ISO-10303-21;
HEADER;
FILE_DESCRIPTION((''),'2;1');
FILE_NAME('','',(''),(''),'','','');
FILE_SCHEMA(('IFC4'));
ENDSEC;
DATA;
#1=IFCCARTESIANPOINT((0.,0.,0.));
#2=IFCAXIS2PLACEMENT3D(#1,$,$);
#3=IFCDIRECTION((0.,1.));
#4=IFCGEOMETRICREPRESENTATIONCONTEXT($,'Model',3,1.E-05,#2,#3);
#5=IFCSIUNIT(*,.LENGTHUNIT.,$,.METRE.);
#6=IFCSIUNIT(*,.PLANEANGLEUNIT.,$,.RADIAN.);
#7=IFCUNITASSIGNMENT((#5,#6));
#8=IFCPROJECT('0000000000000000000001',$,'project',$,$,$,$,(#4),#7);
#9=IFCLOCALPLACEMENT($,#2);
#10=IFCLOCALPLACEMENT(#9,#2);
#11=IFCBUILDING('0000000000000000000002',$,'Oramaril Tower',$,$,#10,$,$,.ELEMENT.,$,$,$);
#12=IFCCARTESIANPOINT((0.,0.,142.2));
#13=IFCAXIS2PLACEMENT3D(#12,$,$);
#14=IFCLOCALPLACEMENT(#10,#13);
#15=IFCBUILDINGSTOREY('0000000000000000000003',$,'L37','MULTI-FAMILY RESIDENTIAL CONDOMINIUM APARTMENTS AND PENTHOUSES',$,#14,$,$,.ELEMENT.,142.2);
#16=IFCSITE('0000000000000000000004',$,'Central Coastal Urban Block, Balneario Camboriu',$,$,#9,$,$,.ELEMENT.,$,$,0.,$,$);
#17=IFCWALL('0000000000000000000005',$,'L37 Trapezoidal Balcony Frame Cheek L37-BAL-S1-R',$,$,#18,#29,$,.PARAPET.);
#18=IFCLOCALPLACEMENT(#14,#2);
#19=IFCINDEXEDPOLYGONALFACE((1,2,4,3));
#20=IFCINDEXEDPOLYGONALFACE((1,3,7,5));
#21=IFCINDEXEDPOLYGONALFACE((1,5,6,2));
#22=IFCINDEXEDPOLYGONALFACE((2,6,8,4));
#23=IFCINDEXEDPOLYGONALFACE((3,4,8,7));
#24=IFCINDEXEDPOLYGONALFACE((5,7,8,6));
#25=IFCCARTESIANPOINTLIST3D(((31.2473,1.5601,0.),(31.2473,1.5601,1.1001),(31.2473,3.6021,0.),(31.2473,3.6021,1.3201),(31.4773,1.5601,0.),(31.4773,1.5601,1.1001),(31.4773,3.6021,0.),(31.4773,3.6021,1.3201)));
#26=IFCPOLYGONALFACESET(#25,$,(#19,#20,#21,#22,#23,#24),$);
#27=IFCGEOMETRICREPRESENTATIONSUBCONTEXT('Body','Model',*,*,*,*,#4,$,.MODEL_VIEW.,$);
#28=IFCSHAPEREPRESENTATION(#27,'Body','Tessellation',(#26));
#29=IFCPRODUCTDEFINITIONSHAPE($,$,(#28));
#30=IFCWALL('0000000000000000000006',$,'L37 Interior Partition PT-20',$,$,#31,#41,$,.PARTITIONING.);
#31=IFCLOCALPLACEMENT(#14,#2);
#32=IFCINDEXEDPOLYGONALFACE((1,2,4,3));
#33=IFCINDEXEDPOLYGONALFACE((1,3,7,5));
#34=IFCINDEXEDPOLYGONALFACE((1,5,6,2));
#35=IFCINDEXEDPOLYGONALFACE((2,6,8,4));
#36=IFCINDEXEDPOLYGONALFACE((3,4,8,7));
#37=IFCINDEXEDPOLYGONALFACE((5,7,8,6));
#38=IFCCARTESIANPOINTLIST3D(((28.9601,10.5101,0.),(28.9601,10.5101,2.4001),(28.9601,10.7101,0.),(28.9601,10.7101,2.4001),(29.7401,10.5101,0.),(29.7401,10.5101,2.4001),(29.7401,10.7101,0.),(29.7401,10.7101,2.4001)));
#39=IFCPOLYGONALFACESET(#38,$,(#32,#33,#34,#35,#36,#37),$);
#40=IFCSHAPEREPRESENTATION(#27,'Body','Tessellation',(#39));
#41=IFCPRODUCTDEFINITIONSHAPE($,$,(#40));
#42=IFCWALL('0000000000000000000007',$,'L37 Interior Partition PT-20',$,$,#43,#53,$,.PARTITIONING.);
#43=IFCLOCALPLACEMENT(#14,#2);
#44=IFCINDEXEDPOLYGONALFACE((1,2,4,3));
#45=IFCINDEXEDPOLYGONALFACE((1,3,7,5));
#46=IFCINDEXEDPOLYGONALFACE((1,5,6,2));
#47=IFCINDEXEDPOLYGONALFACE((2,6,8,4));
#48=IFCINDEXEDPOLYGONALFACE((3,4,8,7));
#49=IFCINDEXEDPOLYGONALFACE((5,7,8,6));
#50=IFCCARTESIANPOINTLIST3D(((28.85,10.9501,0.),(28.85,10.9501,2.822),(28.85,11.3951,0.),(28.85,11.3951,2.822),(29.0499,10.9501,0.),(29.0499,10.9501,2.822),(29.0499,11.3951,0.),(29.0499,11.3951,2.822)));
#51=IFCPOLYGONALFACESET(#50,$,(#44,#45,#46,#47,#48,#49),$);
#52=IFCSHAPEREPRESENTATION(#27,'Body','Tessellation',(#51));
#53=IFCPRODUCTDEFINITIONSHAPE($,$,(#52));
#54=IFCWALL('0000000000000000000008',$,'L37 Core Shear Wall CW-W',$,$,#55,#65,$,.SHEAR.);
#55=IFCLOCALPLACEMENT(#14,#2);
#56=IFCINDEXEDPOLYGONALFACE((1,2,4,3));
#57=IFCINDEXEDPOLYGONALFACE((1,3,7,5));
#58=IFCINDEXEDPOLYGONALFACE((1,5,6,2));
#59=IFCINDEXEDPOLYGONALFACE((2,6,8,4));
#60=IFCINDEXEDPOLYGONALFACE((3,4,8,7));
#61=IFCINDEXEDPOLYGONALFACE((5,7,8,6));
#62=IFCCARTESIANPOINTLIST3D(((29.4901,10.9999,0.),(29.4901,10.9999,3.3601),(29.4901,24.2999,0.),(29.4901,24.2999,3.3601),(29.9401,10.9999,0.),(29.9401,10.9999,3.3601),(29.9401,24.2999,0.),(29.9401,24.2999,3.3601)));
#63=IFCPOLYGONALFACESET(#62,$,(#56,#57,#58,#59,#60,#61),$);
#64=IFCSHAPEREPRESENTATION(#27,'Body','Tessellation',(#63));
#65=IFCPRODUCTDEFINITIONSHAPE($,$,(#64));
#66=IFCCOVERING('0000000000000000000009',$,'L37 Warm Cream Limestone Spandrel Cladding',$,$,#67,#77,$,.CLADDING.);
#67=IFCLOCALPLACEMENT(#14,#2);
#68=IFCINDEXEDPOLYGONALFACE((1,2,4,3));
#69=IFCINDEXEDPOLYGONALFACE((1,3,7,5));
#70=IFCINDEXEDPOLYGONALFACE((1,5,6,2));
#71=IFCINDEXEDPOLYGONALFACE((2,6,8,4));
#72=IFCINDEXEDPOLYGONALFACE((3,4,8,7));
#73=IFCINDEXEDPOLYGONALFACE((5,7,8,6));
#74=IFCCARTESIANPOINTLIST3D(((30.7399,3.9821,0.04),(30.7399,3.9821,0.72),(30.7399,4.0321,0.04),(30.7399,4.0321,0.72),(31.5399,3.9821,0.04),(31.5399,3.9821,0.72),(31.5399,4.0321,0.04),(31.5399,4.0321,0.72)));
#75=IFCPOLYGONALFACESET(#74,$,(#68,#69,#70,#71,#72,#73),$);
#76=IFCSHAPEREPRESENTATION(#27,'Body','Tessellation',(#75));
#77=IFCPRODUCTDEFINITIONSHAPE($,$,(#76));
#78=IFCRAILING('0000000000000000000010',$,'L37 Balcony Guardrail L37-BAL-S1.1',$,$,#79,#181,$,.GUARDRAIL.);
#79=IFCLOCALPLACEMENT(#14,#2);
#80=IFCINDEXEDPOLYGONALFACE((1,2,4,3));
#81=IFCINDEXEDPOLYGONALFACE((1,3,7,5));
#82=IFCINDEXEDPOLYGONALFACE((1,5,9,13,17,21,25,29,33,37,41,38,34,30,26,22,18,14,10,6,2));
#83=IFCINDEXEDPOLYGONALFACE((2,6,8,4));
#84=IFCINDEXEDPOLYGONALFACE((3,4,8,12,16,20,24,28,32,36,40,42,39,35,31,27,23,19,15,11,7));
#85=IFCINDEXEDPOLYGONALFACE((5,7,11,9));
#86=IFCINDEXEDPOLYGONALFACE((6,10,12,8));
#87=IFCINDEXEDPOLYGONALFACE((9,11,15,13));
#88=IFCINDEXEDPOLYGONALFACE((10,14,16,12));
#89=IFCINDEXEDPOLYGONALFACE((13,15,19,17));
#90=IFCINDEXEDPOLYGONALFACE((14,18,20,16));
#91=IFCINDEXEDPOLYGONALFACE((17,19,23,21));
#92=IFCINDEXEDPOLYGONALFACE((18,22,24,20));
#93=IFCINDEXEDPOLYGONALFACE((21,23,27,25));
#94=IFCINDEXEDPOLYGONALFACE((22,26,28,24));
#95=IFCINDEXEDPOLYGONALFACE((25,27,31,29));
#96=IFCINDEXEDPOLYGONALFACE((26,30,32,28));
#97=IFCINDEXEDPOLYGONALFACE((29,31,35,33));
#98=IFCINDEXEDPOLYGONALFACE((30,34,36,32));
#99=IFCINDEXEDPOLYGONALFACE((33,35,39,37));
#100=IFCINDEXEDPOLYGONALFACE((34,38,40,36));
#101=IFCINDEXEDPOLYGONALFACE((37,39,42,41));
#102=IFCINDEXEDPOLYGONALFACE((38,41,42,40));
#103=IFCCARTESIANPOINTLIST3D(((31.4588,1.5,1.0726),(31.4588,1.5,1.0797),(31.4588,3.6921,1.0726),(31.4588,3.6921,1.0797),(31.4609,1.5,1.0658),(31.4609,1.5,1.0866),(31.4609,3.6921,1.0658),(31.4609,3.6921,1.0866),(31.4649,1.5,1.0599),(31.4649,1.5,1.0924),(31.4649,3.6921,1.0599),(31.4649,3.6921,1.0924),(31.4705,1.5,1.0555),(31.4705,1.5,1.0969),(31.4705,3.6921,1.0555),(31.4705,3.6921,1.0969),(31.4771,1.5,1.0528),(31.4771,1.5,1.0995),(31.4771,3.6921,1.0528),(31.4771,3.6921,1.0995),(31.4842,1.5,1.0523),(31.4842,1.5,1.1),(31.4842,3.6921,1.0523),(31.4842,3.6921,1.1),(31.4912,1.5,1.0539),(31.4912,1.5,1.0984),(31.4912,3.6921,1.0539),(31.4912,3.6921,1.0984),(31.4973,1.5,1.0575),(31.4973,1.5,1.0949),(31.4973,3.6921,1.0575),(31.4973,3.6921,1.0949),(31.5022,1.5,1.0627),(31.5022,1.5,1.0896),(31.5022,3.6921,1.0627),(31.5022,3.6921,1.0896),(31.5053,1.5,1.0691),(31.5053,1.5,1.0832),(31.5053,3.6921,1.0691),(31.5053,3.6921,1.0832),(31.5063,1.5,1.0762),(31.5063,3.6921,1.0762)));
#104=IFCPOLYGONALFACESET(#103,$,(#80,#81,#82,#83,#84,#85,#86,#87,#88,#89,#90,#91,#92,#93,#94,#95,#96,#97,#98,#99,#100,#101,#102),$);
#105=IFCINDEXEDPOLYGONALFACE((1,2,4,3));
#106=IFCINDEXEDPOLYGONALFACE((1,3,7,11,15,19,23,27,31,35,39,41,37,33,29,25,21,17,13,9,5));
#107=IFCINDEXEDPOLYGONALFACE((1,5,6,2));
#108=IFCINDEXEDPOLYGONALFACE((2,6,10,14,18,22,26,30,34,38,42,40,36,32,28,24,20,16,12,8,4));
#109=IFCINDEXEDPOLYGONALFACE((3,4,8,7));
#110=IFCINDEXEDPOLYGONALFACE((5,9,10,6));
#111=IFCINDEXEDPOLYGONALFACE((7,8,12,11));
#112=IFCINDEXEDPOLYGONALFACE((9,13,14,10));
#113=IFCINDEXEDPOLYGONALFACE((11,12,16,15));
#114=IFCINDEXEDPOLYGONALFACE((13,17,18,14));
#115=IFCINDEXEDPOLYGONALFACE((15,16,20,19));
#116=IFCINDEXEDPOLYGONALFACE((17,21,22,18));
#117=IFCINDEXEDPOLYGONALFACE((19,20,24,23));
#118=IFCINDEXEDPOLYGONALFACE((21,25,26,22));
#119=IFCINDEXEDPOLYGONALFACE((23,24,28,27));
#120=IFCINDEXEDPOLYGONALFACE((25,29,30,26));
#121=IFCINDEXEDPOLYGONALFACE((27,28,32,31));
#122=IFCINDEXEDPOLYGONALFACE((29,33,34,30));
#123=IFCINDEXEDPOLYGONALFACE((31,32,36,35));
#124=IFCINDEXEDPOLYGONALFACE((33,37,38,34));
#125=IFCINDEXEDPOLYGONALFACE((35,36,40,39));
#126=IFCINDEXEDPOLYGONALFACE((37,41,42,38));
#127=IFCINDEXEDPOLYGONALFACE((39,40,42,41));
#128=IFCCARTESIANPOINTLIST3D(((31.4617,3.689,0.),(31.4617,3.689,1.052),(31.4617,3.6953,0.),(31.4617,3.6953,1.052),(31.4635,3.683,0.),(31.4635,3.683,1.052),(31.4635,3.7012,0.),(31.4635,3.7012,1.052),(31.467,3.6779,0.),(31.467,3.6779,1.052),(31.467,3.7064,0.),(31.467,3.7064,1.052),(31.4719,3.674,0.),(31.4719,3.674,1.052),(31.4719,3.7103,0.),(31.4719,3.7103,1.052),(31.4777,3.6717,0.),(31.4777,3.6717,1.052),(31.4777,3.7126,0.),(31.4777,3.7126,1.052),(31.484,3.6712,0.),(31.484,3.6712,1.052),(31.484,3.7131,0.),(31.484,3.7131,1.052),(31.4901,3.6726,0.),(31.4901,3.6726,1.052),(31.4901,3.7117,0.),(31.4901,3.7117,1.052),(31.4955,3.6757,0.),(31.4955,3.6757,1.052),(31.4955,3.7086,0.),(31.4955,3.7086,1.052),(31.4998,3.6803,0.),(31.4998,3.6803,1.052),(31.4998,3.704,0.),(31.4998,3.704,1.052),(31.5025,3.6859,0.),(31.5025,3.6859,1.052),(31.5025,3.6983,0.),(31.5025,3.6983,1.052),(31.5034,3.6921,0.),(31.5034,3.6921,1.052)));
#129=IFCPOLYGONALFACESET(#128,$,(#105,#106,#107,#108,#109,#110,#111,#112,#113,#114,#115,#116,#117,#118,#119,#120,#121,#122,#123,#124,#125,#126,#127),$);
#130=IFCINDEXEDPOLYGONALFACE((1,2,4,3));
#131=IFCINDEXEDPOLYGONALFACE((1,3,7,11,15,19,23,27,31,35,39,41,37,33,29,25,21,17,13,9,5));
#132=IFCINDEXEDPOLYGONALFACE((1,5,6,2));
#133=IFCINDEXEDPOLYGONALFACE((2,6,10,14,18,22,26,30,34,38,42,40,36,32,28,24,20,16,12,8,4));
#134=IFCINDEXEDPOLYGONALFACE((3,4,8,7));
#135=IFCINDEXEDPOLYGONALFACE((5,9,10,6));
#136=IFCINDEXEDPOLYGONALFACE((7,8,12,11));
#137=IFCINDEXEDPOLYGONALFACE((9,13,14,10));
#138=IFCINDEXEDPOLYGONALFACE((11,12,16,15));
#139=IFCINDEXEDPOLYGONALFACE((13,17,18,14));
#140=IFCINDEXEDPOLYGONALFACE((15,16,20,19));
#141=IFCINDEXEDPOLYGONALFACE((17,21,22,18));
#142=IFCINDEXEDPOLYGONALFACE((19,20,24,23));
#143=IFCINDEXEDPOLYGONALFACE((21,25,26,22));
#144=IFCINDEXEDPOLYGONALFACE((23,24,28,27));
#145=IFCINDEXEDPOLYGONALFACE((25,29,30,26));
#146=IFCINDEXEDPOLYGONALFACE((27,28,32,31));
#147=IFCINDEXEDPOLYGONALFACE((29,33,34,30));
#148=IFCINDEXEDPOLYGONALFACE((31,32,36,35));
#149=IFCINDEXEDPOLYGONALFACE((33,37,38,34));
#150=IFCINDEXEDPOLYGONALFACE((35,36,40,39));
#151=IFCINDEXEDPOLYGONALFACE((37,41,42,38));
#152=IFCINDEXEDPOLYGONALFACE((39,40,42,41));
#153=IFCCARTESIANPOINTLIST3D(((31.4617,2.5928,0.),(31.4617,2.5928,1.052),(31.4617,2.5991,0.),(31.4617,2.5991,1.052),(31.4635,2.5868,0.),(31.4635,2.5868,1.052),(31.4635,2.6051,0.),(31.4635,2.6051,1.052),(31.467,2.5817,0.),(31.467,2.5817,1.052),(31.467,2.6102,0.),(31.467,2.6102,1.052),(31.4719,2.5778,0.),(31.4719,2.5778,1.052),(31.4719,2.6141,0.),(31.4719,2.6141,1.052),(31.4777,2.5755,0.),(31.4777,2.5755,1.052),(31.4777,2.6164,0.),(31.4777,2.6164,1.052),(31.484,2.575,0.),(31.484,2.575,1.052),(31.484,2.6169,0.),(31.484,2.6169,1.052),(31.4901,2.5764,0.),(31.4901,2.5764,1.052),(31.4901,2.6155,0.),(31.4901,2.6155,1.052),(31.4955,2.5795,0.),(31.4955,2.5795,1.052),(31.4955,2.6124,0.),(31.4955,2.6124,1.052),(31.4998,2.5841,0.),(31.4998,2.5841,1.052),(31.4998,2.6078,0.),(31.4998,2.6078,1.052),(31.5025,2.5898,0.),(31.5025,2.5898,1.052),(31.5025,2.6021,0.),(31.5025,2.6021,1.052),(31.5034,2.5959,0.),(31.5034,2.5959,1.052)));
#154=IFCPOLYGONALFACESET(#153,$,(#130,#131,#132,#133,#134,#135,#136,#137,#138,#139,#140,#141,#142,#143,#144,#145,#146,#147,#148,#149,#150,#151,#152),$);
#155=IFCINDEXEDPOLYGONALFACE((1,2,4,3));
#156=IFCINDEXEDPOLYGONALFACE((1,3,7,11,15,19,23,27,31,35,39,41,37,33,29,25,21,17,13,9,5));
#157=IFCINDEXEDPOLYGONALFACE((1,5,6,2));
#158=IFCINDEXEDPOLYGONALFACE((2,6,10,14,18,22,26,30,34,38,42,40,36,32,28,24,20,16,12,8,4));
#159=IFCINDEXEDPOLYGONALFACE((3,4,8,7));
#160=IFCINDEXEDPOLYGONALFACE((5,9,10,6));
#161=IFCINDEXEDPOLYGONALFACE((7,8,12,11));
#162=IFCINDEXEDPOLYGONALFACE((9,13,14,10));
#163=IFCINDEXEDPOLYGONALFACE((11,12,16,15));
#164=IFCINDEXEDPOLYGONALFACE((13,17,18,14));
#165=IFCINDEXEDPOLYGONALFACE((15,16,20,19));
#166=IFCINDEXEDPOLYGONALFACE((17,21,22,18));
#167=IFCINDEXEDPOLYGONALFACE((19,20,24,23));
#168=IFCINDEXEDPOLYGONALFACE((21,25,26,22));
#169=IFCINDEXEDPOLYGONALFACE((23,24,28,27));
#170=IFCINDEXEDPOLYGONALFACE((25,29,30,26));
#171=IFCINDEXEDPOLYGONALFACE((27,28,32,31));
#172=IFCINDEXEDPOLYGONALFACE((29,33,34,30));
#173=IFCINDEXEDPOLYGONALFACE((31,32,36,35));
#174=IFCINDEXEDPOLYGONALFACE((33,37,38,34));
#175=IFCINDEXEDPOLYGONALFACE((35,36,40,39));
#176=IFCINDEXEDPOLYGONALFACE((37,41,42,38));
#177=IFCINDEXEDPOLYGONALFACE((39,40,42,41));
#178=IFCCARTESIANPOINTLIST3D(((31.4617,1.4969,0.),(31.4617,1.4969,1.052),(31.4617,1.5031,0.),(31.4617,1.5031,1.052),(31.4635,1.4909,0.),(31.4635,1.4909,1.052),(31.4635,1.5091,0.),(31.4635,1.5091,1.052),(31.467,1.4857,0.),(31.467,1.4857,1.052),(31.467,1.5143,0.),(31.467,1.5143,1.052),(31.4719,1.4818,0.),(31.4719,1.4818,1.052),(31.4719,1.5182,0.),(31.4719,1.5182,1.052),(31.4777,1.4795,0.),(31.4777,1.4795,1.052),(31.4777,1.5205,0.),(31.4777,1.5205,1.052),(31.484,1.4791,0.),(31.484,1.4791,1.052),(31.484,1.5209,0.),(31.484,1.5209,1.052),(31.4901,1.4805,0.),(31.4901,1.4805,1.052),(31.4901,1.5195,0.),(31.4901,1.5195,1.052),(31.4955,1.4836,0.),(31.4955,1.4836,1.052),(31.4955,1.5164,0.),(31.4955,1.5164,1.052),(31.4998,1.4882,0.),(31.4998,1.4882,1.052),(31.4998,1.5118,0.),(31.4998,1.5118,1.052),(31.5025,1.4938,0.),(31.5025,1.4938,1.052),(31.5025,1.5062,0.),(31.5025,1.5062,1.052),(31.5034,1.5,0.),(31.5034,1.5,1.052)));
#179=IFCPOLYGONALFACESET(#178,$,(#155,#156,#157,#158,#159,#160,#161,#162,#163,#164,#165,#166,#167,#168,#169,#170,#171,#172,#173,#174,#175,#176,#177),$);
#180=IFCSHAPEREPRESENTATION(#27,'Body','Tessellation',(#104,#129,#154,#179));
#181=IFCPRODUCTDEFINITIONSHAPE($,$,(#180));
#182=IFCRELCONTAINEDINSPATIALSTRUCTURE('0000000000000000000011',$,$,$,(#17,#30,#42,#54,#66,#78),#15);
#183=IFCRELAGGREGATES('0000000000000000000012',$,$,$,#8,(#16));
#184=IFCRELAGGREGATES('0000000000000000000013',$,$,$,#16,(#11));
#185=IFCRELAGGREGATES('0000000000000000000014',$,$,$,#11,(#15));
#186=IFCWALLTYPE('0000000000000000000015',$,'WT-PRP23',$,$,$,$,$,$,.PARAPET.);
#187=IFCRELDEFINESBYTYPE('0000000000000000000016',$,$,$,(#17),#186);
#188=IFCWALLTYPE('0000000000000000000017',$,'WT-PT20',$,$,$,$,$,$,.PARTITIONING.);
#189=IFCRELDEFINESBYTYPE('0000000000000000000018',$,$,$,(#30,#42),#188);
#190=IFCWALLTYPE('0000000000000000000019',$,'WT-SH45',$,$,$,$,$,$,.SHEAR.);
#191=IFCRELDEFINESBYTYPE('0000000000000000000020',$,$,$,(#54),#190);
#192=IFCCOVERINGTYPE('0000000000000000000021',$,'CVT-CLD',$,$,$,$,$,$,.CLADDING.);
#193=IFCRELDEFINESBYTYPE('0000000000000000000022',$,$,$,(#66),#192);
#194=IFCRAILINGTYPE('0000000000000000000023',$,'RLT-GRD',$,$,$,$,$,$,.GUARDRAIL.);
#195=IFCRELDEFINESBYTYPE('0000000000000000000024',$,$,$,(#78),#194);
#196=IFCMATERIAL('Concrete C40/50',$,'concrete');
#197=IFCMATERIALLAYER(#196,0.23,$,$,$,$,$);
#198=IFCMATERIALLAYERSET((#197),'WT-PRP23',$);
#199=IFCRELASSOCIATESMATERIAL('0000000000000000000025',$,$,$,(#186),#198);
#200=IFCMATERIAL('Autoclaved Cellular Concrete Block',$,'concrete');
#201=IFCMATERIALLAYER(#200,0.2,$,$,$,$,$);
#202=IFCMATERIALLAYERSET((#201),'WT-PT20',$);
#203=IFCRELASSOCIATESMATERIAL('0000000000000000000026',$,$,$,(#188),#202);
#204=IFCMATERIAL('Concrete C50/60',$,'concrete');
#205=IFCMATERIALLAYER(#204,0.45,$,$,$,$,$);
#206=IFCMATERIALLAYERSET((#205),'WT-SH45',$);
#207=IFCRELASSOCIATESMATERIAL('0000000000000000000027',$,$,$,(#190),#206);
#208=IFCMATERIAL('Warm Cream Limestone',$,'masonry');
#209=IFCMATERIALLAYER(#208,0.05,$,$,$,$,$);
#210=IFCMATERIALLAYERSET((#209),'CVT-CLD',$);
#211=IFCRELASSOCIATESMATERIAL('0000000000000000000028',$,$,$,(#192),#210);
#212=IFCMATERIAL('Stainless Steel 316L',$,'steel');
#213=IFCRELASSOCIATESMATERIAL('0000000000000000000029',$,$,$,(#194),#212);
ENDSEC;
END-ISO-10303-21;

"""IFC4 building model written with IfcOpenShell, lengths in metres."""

from ifc_helpers import new_model, si_unit, direction, frame, frame_2d, origin, origin_2d, place, context, subcontext, project, spatial, polyline, rectangle, circle, outline, extrude, material, layer, layer_set, type_object, element, save


model = new_model("IFC4")

# Units and contexts
model_context = context("Model", 3, precision=1e-05, world=origin(), true_north=direction((0.0, 1.0)))
body_context = subcontext(model_context, "Body", "Model", "MODEL_VIEW")
ifc_project = project(units=[si_unit("LENGTHUNIT", "METRE"), si_unit("PLANEANGLEUNIT", "RADIAN")], contexts=[model_context])

# Site, building, storey
site_placement = place(None, origin())
site = spatial("IfcSite", under=ifc_project, at=site_placement, Name="Central Coastal Urban Block, Balneario Camboriu", CompositionType="ELEMENT", RefElevation=0.0)
building_placement = place(site_placement, origin())
building = spatial("IfcBuilding", under=site, at=building_placement, Name="Oramaril Tower", CompositionType="ELEMENT")
storey_placement = place(building_placement, frame((0.0, 0.0, 142.2)))
storey = spatial("IfcBuildingStorey", under=building, at=storey_placement, Name="L37", Description="MULTI-FAMILY RESIDENTIAL CONDOMINIUM APARTMENTS AND PENTHOUSES", CompositionType="ELEMENT", Elevation=142.2)

# Walls
ifc_material_1 = material(Name="Concrete C40/50", Category="concrete")
ifc_layer_1 = layer(ifc_material_1, 0.23)
ifc_layer_set_1 = layer_set([ifc_layer_1], Name="WT-PRP23")
wall_type_1 = type_object("IfcWallType", Name="WT-PRP23", PredefinedType="PARAPET", material=ifc_layer_set_1)
wall_1_placement = place(storey_placement, frame((31.3623, 3.6021, 0.0), z_axis=(0.0, 0.0, 1.0), x_axis=(0.0, -1.0, 0.0)))
element("IfcWall", 1, at=wall_1_placement, inside=storey, type_object=wall_type_1, Name="L37 Trapezoidal Balcony Frame Cheek L37-BAL-S1-R", PredefinedType="PARAPET", context=body_context, shape_type="SweptSolid", body=[
    extrude(outline(polyline([(0.0, 0.0), (2.042, 0.0), (2.042, 1.1001), (0.0, 1.3201), (0.0, 0.0)])), frame((0.0, 0.115, 0.0), z_axis=(0.0, -1.0, 0.0), x_axis=(1.0, 0.0, 0.0)), (0.0, 0.0, 1.0), 0.23),
])
ifc_material_2 = material(Name="Autoclaved Cellular Concrete Block", Category="concrete")
ifc_layer_2 = layer(ifc_material_2, 0.2)
ifc_layer_set_2 = layer_set([ifc_layer_2], Name="WT-PT20")
wall_type_2 = type_object("IfcWallType", Name="WT-PT20", PredefinedType="PARTITIONING", material=ifc_layer_set_2)
wall_2_placement = place(storey_placement, frame((28.96, 10.6101, 0.0), z_axis=(0.0, 0.0, 1.0), x_axis=(1.0, 0.0, 0.0)))
element("IfcWall", 2, at=wall_2_placement, inside=storey, type_object=wall_type_2, Name="L37 Interior Partition PT-20", PredefinedType="PARTITIONING", context=body_context, shape_type="SweptSolid", body=[
    extrude(rectangle(XDim=0.78, YDim=0.2, at=frame_2d((0.3901, 0.0))), origin(), (0.0, 0.0, 1.0), 2.4001),
])
wall_3_placement = place(storey_placement, frame((28.95, 10.95, 0.0), z_axis=(0.0, 0.0, 1.0), x_axis=(0.0, 1.0, 0.0)))
element("IfcWall", 3, at=wall_3_placement, inside=storey, type_object=wall_type_2, Name="L37 Interior Partition PT-20", PredefinedType="PARTITIONING", context=body_context, shape_type="SweptSolid", body=[
    extrude(rectangle(XDim=0.4451, YDim=0.2, at=frame_2d((0.2227, 0.0))), origin(), (0.0, 0.0, 1.0), 2.822),
])
ifc_material_3 = material(Name="Concrete C50/60", Category="concrete")
ifc_layer_3 = layer(ifc_material_3, 0.45)
ifc_layer_set_3 = layer_set([ifc_layer_3], Name="WT-SH45")
wall_type_3 = type_object("IfcWallType", Name="WT-SH45", PredefinedType="SHEAR", material=ifc_layer_set_3)
wall_4_placement = place(storey_placement, frame((29.7151, 11.0, 0.0), z_axis=(0.0, 0.0, 1.0), x_axis=(0.0, 1.0, 0.0)))
element("IfcWall", 4, at=wall_4_placement, inside=storey, type_object=wall_type_3, Name="L37 Core Shear Wall CW-W", PredefinedType="SHEAR", context=body_context, shape_type="SweptSolid", body=[
    extrude(rectangle(XDim=13.3, YDim=0.45, at=frame_2d((6.6499, 0.0))), origin(), (0.0, 0.0, 1.0), 3.3601),
])

# Covering
ifc_material_4 = material(Name="Warm Cream Limestone", Category="masonry")
ifc_layer_4 = layer(ifc_material_4, 0.05)
ifc_layer_set_4 = layer_set([ifc_layer_4], Name="CVT-CLD")
covering_type = type_object("IfcCoveringType", Name="CVT-CLD", PredefinedType="CLADDING", material=ifc_layer_set_4)
covering_placement = place(storey_placement, frame((31.1399, 4.0071, 0.04), z_axis=(0.0, 0.0, 1.0), x_axis=(1.0, 0.0, 0.0)))
element("IfcCovering", 5, at=covering_placement, inside=storey, type_object=covering_type, Name="L37 Warm Cream Limestone Spandrel Cladding", PredefinedType="CLADDING", context=body_context, shape_type="SweptSolid", body=[
    extrude(rectangle(XDim=0.8, YDim=0.05, at=origin_2d()), origin(), (0.0, 0.0, 1.0), 0.6799),
])

# Railing
ifc_material_5 = material(Name="Stainless Steel 316L", Category="steel")
railing_type = type_object("IfcRailingType", Name="RLT-GRD", PredefinedType="GUARDRAIL", material=ifc_material_5)
railing_1_placement = place(storey_placement, frame((31.4824, 3.6921, 0.0)))
element("IfcRailing", 6, at=railing_1_placement, inside=storey, type_object=railing_type, Name="L37 Balcony Guardrail L37-BAL-S1.1", PredefinedType="GUARDRAIL", context=body_context, shape_type="SweptSolid", body=[
    extrude(circle(Radius=0.0239, at=origin_2d()), frame((0.0, 0.0, 1.0762), z_axis=(0.0, -1.0, 0.0), x_axis=(1.0, 0.0, 0.0)), (0.0, 0.0, 1.0), 2.1921),
    extrude(circle(Radius=0.021, at=origin_2d()), origin(), (0.0, 0.0, 1.0), 1.052),
    extrude(circle(Radius=0.021, at=origin_2d()), frame((0.0, -1.0962, 0.0)), (0.0, 0.0, 1.0), 1.052),
    extrude(circle(Radius=0.021, at=origin_2d()), frame((0.0, -2.1921, 0.0)), (0.0, 0.0, 1.0), 1.052),
])

save(model, "model.ifc")
